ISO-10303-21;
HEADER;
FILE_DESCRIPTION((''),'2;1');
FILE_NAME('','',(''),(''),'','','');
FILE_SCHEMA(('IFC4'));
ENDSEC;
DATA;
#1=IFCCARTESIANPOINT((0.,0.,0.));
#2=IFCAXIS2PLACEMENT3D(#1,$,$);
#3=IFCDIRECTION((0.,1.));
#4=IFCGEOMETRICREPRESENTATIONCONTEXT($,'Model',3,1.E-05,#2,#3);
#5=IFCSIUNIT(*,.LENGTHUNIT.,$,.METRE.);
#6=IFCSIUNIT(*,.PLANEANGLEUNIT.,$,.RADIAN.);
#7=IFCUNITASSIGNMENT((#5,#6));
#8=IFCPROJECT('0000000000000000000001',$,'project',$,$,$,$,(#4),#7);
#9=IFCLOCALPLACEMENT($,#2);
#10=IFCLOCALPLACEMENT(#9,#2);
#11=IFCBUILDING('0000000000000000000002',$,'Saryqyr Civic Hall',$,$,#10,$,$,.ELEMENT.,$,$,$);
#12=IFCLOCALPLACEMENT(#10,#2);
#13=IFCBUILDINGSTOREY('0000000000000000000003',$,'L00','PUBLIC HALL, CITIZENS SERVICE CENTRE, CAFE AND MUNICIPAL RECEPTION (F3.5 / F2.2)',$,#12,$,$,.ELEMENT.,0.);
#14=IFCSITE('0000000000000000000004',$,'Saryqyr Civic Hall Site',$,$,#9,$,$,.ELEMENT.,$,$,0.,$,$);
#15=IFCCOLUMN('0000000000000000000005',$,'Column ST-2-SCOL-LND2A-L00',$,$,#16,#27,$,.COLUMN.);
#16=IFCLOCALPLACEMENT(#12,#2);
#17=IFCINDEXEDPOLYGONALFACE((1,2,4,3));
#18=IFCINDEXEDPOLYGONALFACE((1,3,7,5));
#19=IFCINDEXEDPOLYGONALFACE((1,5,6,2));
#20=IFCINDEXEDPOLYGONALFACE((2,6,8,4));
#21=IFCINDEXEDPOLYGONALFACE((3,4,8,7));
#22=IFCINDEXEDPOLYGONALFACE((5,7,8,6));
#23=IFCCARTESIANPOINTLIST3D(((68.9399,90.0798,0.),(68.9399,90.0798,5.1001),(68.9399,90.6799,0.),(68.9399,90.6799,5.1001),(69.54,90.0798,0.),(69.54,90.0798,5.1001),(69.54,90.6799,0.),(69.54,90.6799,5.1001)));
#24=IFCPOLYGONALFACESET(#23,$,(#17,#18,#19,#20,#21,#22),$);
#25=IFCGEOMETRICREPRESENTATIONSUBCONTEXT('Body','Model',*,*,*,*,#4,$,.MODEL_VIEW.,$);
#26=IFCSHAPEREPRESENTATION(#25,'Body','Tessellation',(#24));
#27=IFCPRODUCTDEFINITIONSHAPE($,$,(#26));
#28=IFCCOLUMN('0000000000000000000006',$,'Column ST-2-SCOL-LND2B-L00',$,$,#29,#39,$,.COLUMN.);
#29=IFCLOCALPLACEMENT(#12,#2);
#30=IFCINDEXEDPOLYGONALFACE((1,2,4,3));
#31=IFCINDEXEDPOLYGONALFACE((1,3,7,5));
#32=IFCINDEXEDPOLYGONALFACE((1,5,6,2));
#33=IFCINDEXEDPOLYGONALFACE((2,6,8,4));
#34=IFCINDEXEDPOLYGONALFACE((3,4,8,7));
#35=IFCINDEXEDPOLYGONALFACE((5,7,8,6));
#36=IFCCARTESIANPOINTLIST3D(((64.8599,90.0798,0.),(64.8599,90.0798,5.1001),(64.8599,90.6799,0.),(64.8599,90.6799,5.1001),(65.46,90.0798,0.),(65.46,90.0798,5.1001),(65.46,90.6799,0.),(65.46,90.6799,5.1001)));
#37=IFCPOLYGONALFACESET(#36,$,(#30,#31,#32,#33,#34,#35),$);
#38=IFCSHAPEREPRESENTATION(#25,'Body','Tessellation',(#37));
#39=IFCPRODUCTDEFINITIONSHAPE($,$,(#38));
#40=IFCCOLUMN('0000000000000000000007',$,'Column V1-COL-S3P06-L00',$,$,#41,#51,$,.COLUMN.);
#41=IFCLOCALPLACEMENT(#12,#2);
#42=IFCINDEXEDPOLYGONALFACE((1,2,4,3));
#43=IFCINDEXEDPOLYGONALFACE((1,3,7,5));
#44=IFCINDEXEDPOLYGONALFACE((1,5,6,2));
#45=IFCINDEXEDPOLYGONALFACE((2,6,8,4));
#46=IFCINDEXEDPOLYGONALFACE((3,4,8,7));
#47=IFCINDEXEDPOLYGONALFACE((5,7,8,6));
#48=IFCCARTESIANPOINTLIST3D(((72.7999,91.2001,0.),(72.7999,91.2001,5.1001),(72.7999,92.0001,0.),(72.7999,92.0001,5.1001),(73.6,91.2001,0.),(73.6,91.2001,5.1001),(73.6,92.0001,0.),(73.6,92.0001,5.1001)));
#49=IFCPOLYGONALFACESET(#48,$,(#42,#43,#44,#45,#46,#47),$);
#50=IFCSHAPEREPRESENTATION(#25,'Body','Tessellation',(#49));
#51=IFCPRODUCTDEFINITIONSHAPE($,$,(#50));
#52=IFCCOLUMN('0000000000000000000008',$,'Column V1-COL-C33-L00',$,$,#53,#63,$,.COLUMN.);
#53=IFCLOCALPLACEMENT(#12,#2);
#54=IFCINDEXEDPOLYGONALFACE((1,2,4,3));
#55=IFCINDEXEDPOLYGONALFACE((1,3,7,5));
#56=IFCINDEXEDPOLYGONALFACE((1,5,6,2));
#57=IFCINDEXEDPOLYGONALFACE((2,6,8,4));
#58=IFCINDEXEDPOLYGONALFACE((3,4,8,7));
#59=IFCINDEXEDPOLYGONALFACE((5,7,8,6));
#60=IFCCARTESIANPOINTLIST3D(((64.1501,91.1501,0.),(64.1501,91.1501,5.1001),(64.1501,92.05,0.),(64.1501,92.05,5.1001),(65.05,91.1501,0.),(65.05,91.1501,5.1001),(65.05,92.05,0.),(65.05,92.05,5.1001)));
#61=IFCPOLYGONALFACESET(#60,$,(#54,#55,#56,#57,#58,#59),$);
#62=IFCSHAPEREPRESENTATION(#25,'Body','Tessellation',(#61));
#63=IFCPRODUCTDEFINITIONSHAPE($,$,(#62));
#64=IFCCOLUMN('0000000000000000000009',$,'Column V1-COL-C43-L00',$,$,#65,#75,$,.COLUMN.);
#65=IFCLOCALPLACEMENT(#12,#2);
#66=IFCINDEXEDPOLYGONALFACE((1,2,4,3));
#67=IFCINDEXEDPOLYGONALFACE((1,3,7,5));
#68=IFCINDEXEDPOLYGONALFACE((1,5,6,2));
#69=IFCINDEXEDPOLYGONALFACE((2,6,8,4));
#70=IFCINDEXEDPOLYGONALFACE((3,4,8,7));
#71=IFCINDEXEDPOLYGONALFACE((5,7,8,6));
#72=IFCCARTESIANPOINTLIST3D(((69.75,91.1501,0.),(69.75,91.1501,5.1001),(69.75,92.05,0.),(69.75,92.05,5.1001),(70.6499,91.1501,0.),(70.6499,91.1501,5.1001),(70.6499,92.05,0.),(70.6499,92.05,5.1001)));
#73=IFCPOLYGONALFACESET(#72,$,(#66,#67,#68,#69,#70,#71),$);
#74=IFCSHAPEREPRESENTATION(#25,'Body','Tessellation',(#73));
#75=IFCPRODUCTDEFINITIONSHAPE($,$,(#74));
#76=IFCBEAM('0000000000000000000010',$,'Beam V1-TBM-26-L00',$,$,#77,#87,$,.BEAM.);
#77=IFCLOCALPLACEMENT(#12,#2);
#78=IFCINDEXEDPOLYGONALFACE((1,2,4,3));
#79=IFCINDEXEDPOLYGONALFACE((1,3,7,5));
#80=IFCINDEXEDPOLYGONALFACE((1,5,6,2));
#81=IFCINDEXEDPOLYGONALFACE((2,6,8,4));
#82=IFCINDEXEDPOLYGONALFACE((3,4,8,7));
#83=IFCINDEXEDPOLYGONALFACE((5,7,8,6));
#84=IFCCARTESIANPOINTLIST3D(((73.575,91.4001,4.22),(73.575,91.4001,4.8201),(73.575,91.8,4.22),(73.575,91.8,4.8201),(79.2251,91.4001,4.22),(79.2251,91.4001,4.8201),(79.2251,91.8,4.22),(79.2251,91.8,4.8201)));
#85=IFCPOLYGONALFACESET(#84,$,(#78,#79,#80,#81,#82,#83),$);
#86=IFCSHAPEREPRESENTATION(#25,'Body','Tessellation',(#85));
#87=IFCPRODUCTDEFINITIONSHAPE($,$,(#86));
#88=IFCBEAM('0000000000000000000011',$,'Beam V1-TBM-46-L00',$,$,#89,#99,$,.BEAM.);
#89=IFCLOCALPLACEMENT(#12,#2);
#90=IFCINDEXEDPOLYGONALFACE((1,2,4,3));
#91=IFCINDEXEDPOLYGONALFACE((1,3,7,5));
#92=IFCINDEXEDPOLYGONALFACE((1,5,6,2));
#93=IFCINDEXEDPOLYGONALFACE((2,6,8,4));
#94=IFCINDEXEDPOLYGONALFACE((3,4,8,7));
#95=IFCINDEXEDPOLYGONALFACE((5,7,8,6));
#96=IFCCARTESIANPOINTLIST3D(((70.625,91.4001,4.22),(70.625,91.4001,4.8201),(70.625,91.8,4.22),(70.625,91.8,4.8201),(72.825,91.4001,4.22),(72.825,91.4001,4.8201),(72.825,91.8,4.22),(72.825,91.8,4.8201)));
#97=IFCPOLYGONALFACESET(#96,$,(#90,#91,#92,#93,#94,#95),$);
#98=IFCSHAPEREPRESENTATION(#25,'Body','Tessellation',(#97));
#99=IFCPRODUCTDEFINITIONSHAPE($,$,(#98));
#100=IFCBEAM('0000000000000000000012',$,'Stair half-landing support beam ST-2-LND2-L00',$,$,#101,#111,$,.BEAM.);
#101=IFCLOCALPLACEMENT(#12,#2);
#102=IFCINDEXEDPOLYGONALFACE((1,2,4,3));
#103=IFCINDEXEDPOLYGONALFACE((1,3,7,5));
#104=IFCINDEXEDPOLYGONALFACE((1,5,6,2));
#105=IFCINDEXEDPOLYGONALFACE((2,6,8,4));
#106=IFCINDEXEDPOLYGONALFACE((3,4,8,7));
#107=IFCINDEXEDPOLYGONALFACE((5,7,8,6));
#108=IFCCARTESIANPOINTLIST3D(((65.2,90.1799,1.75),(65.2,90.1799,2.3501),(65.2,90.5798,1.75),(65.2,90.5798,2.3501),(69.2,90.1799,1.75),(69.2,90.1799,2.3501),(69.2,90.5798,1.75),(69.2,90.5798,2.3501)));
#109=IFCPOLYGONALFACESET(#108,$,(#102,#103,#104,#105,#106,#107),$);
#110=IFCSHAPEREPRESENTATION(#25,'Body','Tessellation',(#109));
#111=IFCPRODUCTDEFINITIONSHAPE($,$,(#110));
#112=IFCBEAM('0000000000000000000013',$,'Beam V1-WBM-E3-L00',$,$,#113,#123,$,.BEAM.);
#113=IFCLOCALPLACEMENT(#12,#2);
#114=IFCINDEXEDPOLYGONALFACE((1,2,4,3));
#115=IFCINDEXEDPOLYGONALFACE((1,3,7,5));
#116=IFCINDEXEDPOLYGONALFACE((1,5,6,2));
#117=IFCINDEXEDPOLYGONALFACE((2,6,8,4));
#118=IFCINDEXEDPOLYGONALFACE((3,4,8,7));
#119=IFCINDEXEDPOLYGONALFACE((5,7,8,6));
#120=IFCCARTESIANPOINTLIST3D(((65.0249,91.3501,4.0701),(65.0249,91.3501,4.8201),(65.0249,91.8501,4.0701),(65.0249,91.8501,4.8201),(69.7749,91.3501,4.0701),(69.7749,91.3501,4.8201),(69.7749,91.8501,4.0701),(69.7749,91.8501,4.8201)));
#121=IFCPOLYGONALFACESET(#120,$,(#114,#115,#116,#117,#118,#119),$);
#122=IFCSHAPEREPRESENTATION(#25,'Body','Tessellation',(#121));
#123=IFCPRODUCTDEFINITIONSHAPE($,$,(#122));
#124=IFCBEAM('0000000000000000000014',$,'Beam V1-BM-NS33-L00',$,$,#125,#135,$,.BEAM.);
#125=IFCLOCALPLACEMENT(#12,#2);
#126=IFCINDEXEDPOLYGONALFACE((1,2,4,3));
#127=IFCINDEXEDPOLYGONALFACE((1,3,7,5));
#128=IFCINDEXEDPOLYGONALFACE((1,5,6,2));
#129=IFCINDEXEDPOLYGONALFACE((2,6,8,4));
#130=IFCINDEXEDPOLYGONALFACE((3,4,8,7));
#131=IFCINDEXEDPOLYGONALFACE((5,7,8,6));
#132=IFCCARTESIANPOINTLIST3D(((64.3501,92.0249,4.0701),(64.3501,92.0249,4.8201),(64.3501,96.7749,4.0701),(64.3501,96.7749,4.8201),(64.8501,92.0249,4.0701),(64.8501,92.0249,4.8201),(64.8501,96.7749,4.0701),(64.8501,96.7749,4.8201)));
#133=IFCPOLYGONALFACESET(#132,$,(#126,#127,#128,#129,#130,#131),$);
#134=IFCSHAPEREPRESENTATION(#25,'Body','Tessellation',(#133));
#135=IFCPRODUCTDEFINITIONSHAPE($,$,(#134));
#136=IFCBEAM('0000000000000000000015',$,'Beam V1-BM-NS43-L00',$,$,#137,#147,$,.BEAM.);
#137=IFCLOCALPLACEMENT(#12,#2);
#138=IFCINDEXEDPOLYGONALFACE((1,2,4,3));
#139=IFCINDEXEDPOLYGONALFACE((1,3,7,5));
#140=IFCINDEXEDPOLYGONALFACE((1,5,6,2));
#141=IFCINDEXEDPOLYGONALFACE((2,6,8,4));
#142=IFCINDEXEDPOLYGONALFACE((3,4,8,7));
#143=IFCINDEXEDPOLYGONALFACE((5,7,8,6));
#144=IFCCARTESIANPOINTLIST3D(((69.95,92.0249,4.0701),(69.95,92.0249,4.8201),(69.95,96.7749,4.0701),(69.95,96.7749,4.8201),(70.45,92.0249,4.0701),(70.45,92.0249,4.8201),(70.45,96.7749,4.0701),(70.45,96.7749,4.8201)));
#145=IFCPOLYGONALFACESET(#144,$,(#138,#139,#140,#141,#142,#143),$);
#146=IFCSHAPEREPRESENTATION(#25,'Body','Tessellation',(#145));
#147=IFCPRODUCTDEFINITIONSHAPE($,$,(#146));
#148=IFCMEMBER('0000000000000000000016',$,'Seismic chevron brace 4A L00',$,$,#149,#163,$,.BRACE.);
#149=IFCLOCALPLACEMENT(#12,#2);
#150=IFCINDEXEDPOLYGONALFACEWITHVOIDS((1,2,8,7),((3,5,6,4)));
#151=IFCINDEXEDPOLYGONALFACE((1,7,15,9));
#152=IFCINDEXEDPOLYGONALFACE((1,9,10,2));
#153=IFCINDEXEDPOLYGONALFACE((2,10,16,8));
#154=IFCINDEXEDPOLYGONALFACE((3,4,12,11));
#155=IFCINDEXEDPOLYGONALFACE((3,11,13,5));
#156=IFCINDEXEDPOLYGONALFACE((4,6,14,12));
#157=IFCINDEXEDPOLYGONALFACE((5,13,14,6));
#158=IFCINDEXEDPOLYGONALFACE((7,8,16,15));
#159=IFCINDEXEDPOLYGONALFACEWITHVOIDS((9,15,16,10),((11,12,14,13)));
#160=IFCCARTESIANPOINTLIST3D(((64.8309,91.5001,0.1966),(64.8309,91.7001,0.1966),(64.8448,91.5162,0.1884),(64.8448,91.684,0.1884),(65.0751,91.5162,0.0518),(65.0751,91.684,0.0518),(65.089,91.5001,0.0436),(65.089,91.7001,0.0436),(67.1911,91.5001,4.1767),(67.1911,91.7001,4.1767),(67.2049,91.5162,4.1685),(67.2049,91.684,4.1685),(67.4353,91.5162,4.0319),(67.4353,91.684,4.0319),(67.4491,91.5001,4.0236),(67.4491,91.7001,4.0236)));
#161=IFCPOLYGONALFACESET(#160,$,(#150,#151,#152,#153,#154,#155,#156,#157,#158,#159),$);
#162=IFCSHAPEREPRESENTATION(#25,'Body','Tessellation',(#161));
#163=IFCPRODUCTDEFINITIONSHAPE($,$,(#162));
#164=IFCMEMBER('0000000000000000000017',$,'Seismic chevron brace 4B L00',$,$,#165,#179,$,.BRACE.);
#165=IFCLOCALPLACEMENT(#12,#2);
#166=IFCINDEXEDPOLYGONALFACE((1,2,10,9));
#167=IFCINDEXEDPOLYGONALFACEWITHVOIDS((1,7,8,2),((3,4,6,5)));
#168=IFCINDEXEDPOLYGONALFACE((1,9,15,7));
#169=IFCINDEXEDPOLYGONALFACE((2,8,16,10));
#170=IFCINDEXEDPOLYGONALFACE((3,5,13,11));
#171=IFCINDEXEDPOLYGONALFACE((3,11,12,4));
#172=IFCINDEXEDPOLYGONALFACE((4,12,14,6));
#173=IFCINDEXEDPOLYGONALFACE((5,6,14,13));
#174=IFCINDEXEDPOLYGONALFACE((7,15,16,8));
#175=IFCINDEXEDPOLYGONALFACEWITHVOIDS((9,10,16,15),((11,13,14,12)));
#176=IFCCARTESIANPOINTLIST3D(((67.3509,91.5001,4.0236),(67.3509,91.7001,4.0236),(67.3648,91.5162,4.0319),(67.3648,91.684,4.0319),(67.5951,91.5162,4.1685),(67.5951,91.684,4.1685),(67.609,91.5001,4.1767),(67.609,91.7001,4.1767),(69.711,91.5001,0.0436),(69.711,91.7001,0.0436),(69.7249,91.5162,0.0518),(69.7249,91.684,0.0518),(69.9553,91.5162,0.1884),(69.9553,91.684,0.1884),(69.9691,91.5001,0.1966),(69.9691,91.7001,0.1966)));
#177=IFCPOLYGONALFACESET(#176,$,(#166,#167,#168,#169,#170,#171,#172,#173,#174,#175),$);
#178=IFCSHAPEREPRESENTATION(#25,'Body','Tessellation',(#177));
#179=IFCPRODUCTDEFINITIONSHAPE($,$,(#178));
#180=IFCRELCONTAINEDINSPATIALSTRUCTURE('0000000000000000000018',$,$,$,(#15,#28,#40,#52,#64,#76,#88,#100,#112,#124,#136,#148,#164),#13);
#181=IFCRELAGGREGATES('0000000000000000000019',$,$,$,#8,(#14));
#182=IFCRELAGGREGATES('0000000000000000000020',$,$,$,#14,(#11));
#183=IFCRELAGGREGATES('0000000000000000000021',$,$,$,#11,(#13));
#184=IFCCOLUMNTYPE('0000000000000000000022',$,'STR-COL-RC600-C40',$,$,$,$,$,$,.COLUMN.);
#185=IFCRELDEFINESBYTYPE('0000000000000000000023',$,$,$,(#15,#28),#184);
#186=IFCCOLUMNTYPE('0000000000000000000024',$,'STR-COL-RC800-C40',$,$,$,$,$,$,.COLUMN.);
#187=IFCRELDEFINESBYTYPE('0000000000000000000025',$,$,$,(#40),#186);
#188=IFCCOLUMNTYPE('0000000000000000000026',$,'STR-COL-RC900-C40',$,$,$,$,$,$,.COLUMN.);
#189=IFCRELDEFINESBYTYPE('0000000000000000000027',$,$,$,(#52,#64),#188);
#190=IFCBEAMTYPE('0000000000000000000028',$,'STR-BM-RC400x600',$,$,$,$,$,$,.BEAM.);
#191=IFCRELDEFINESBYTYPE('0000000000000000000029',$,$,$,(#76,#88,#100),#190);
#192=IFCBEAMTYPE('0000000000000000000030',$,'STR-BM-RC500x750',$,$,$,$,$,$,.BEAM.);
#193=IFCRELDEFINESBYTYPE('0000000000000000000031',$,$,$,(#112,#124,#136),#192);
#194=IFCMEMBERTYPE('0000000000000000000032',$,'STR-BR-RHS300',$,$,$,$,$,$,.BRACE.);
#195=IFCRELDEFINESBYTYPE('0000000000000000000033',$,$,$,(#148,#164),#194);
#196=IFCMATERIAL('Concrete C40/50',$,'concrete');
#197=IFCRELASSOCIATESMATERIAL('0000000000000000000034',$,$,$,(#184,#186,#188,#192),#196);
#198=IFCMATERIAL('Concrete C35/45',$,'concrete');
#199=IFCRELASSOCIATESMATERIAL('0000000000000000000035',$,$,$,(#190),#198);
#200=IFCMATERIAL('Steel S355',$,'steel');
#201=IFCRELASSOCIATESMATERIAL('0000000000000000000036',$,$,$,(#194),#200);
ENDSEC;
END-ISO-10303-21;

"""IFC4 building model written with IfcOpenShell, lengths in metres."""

from ifc_helpers import new_model, si_unit, direction, frame, origin, origin_2d, place, context, subcontext, project, spatial, rectangle, hollow_rectangle, extrude, material, material_profile, profile_set, type_object, element, save


model = new_model("IFC4")

# Units and contexts
model_context = context("Model", 3, precision=1e-05, world=origin(), true_north=direction((0.0, 1.0)))
body_context = subcontext(model_context, "Body", "Model", "MODEL_VIEW")
ifc_project = project(units=[si_unit("LENGTHUNIT", "METRE"), si_unit("PLANEANGLEUNIT", "RADIAN")], contexts=[model_context])

# Site, building, storey
site_placement = place(None, origin())
site = spatial("IfcSite", under=ifc_project, at=site_placement, Name="Saryqyr Civic Hall Site", CompositionType="ELEMENT", RefElevation=0.0)
building_placement = place(site_placement, origin())
building = spatial("IfcBuilding", under=site, at=building_placement, Name="Saryqyr Civic Hall", CompositionType="ELEMENT")
storey_placement = place(building_placement, origin())
storey = spatial("IfcBuildingStorey", under=building, at=storey_placement, Name="L00", Description="PUBLIC HALL, CITIZENS SERVICE CENTRE, CAFE AND MUNICIPAL RECEPTION (F3.5 / F2.2)", CompositionType="ELEMENT", Elevation=0.0)

# Columns
ifc_material_1 = material(Name="Concrete C40/50", Category="concrete")
ifc_material_profile_1 = material_profile(ifc_material_1, rectangle(XDim=0.6001, YDim=0.6001, at=origin_2d()), Name="RC 600x600")
ifc_profile_set_1 = profile_set([ifc_material_profile_1], Name="Concrete C40/50")
column_type_1 = type_object("IfcColumnType", Name="STR-COL-RC600-C40", PredefinedType="COLUMN", material=ifc_profile_set_1)
for number, where, z_axis, x_axis, name in (
    (1, (69.24, 90.3799, 0.0), (0.0, 0.0, 1.0), (1.0, 0.0, 0.0), "Column ST-2-SCOL-LND2A-L00"),
    (2, (65.1599, 90.3799, 0.0), (0.0, 0.0, 1.0), (1.0, 0.0, 0.0), "Column ST-2-SCOL-LND2B-L00"),
):
    element("IfcColumn", number, at=place(storey_placement, frame(where, z_axis=z_axis, x_axis=x_axis)), inside=storey, type_object=column_type_1, Name=name, PredefinedType="COLUMN", context=body_context, shape_type="SweptSolid", body=[
        extrude(rectangle(XDim=0.6001, YDim=0.6001, at=origin_2d()), origin(), (0.0, 0.0, 1.0), 5.1001),
    ])
ifc_material_profile_2 = material_profile(ifc_material_1, rectangle(XDim=0.8, YDim=0.8, at=origin_2d()), Name="RC 800x800")
ifc_profile_set_2 = profile_set([ifc_material_profile_2], Name="Concrete C40/50")
column_type_2 = type_object("IfcColumnType", Name="STR-COL-RC800-C40", PredefinedType="COLUMN", material=ifc_profile_set_2)
column_placement = place(storey_placement, frame((73.2, 91.6001, 0.0), z_axis=(0.0, 0.0, 1.0), x_axis=(1.0, 0.0, 0.0)))
element("IfcColumn", 3, at=column_placement, inside=storey, type_object=column_type_2, Name="Column V1-COL-S3P06-L00", PredefinedType="COLUMN", context=body_context, shape_type="SweptSolid", body=[
    extrude(rectangle(XDim=0.8, YDim=0.8, at=origin_2d()), origin(), (0.0, 0.0, 1.0), 5.1001),
])
ifc_material_profile_3 = material_profile(ifc_material_1, rectangle(XDim=0.8999, YDim=0.8999, at=origin_2d()), Name="RC 900x900")
ifc_profile_set_3 = profile_set([ifc_material_profile_3], Name="Concrete C40/50")
column_type_3 = type_object("IfcColumnType", Name="STR-COL-RC900-C40", PredefinedType="COLUMN", material=ifc_profile_set_3)
for number, where, z_axis, x_axis, name in (
    (4, (64.6001, 91.6001, 0.0), (0.0, 0.0, 1.0), (1.0, 0.0, 0.0), "Column V1-COL-C33-L00"),
    (5, (70.2, 91.6001, 0.0), (0.0, 0.0, 1.0), (1.0, 0.0, 0.0), "Column V1-COL-C43-L00"),
):
    element("IfcColumn", number, at=place(storey_placement, frame(where, z_axis=z_axis, x_axis=x_axis)), inside=storey, type_object=column_type_3, Name=name, PredefinedType="COLUMN", context=body_context, shape_type="SweptSolid", body=[
        extrude(rectangle(XDim=0.8999, YDim=0.8999, at=origin_2d()), origin(), (0.0, 0.0, 1.0), 5.1001),
    ])

# Beams
ifc_material_2 = material(Name="Concrete C35/45", Category="concrete")
ifc_material_profile_4 = material_profile(ifc_material_2, rectangle(XDim=0.3999, YDim=0.6001, at=origin_2d()), Name="RC 400x600")
ifc_profile_set_4 = profile_set([ifc_material_profile_4], Name="Concrete C35/45")
beam_type_1 = type_object("IfcBeamType", Name="STR-BM-RC400x600", PredefinedType="BEAM", material=ifc_profile_set_4)
beam_1_placement = place(storey_placement, frame((73.575, 91.6001, 4.52), z_axis=(1.0, 0.0, 0.0), x_axis=(0.0, 1.0, 0.0)))
element("IfcBeam", 6, at=beam_1_placement, inside=storey, type_object=beam_type_1, Name="Beam V1-TBM-26-L00", PredefinedType="BEAM", context=body_context, shape_type="SweptSolid", body=[
    extrude(rectangle(XDim=0.3999, YDim=0.6001, at=origin_2d()), origin(), (0.0, 0.0, 1.0), 5.6501),
])
beam_2_placement = place(storey_placement, frame((70.625, 91.6001, 4.52), z_axis=(1.0, 0.0, 0.0), x_axis=(0.0, 1.0, 0.0)))
element("IfcBeam", 7, at=beam_2_placement, inside=storey, type_object=beam_type_1, Name="Beam V1-TBM-46-L00", PredefinedType="BEAM", context=body_context, shape_type="SweptSolid", body=[
    extrude(rectangle(XDim=0.3999, YDim=0.6001, at=origin_2d()), origin(), (0.0, 0.0, 1.0), 2.2),
])
beam_3_placement = place(storey_placement, frame((69.2, 90.3799, 2.05), z_axis=(-1.0, 0.0, 0.0), x_axis=(0.0, -1.0, 0.0)))
element("IfcBeam", 8, at=beam_3_placement, inside=storey, type_object=beam_type_1, Name="Stair half-landing support beam ST-2-LND2-L00", PredefinedType="BEAM", context=body_context, shape_type="SweptSolid", body=[
    extrude(rectangle(XDim=0.3999, YDim=0.6001, at=origin_2d()), origin(), (0.0, 0.0, 1.0), 4.0),
])
ifc_material_profile_5 = material_profile(ifc_material_1, rectangle(XDim=0.5, YDim=0.75, at=origin_2d()), Name="RC 500x750")
ifc_profile_set_5 = profile_set([ifc_material_profile_5], Name="Concrete C40/50")
beam_type_2 = type_object("IfcBeamType", Name="STR-BM-RC500x750", PredefinedType="BEAM", material=ifc_profile_set_5)
for number, where, z_axis, x_axis, name in (
    (9, (65.0249, 91.6001, 4.4451), (1.0, 0.0, 0.0), (0.0, 1.0, 0.0), "Beam V1-WBM-E3-L00"),
    (10, (64.6001, 92.0249, 4.4451), (0.0, 1.0, 0.0), (-1.0, 0.0, 0.0), "Beam V1-BM-NS33-L00"),
    (11, (70.2, 92.0249, 4.4451), (0.0, 1.0, 0.0), (-1.0, 0.0, 0.0), "Beam V1-BM-NS43-L00"),
):
    element("IfcBeam", number, at=place(storey_placement, frame(where, z_axis=z_axis, x_axis=x_axis)), inside=storey, type_object=beam_type_2, Name=name, PredefinedType="BEAM", context=body_context, shape_type="SweptSolid", body=[
        extrude(rectangle(XDim=0.5, YDim=0.75, at=origin_2d()), origin(), (0.0, 0.0, 1.0), 4.75),
    ])

# Members
ifc_material_3 = material(Name="Steel S355", Category="steel")
ifc_material_profile_6 = material_profile(ifc_material_3, hollow_rectangle(XDim=0.2, YDim=0.3, WallThickness=0.0161, at=origin_2d()), Name="RHS 300x200x16")
ifc_profile_set_6 = profile_set([ifc_material_profile_6], Name="Steel S355")
member_type = type_object("IfcMemberType", Name="STR-BR-RHS300", PredefinedType="BRACE", material=ifc_profile_set_6)
for number, where, z_axis, x_axis, name in (
    (12, (64.96, 91.6001, 0.1201), (0.510058, 0.0, 0.86014), (0.0, 1.0, 0.0), "Seismic chevron brace 4A L00"),
    (13, (69.8401, 91.6001, 0.1201), (-0.510058, 0.0, 0.86014), (0.0, -1.0, 0.0), "Seismic chevron brace 4B L00"),
):
    element("IfcMember", number, at=place(storey_placement, frame(where, z_axis=z_axis, x_axis=x_axis)), inside=storey, type_object=member_type, Name=name, PredefinedType="BRACE", context=body_context, shape_type="SweptSolid", body=[
        extrude(hollow_rectangle(XDim=0.2, YDim=0.3, WallThickness=0.0161, at=origin_2d()), origin(), (0.0, 0.0, 1.0), 4.6272),
    ])

save(model, "model.ifc")
